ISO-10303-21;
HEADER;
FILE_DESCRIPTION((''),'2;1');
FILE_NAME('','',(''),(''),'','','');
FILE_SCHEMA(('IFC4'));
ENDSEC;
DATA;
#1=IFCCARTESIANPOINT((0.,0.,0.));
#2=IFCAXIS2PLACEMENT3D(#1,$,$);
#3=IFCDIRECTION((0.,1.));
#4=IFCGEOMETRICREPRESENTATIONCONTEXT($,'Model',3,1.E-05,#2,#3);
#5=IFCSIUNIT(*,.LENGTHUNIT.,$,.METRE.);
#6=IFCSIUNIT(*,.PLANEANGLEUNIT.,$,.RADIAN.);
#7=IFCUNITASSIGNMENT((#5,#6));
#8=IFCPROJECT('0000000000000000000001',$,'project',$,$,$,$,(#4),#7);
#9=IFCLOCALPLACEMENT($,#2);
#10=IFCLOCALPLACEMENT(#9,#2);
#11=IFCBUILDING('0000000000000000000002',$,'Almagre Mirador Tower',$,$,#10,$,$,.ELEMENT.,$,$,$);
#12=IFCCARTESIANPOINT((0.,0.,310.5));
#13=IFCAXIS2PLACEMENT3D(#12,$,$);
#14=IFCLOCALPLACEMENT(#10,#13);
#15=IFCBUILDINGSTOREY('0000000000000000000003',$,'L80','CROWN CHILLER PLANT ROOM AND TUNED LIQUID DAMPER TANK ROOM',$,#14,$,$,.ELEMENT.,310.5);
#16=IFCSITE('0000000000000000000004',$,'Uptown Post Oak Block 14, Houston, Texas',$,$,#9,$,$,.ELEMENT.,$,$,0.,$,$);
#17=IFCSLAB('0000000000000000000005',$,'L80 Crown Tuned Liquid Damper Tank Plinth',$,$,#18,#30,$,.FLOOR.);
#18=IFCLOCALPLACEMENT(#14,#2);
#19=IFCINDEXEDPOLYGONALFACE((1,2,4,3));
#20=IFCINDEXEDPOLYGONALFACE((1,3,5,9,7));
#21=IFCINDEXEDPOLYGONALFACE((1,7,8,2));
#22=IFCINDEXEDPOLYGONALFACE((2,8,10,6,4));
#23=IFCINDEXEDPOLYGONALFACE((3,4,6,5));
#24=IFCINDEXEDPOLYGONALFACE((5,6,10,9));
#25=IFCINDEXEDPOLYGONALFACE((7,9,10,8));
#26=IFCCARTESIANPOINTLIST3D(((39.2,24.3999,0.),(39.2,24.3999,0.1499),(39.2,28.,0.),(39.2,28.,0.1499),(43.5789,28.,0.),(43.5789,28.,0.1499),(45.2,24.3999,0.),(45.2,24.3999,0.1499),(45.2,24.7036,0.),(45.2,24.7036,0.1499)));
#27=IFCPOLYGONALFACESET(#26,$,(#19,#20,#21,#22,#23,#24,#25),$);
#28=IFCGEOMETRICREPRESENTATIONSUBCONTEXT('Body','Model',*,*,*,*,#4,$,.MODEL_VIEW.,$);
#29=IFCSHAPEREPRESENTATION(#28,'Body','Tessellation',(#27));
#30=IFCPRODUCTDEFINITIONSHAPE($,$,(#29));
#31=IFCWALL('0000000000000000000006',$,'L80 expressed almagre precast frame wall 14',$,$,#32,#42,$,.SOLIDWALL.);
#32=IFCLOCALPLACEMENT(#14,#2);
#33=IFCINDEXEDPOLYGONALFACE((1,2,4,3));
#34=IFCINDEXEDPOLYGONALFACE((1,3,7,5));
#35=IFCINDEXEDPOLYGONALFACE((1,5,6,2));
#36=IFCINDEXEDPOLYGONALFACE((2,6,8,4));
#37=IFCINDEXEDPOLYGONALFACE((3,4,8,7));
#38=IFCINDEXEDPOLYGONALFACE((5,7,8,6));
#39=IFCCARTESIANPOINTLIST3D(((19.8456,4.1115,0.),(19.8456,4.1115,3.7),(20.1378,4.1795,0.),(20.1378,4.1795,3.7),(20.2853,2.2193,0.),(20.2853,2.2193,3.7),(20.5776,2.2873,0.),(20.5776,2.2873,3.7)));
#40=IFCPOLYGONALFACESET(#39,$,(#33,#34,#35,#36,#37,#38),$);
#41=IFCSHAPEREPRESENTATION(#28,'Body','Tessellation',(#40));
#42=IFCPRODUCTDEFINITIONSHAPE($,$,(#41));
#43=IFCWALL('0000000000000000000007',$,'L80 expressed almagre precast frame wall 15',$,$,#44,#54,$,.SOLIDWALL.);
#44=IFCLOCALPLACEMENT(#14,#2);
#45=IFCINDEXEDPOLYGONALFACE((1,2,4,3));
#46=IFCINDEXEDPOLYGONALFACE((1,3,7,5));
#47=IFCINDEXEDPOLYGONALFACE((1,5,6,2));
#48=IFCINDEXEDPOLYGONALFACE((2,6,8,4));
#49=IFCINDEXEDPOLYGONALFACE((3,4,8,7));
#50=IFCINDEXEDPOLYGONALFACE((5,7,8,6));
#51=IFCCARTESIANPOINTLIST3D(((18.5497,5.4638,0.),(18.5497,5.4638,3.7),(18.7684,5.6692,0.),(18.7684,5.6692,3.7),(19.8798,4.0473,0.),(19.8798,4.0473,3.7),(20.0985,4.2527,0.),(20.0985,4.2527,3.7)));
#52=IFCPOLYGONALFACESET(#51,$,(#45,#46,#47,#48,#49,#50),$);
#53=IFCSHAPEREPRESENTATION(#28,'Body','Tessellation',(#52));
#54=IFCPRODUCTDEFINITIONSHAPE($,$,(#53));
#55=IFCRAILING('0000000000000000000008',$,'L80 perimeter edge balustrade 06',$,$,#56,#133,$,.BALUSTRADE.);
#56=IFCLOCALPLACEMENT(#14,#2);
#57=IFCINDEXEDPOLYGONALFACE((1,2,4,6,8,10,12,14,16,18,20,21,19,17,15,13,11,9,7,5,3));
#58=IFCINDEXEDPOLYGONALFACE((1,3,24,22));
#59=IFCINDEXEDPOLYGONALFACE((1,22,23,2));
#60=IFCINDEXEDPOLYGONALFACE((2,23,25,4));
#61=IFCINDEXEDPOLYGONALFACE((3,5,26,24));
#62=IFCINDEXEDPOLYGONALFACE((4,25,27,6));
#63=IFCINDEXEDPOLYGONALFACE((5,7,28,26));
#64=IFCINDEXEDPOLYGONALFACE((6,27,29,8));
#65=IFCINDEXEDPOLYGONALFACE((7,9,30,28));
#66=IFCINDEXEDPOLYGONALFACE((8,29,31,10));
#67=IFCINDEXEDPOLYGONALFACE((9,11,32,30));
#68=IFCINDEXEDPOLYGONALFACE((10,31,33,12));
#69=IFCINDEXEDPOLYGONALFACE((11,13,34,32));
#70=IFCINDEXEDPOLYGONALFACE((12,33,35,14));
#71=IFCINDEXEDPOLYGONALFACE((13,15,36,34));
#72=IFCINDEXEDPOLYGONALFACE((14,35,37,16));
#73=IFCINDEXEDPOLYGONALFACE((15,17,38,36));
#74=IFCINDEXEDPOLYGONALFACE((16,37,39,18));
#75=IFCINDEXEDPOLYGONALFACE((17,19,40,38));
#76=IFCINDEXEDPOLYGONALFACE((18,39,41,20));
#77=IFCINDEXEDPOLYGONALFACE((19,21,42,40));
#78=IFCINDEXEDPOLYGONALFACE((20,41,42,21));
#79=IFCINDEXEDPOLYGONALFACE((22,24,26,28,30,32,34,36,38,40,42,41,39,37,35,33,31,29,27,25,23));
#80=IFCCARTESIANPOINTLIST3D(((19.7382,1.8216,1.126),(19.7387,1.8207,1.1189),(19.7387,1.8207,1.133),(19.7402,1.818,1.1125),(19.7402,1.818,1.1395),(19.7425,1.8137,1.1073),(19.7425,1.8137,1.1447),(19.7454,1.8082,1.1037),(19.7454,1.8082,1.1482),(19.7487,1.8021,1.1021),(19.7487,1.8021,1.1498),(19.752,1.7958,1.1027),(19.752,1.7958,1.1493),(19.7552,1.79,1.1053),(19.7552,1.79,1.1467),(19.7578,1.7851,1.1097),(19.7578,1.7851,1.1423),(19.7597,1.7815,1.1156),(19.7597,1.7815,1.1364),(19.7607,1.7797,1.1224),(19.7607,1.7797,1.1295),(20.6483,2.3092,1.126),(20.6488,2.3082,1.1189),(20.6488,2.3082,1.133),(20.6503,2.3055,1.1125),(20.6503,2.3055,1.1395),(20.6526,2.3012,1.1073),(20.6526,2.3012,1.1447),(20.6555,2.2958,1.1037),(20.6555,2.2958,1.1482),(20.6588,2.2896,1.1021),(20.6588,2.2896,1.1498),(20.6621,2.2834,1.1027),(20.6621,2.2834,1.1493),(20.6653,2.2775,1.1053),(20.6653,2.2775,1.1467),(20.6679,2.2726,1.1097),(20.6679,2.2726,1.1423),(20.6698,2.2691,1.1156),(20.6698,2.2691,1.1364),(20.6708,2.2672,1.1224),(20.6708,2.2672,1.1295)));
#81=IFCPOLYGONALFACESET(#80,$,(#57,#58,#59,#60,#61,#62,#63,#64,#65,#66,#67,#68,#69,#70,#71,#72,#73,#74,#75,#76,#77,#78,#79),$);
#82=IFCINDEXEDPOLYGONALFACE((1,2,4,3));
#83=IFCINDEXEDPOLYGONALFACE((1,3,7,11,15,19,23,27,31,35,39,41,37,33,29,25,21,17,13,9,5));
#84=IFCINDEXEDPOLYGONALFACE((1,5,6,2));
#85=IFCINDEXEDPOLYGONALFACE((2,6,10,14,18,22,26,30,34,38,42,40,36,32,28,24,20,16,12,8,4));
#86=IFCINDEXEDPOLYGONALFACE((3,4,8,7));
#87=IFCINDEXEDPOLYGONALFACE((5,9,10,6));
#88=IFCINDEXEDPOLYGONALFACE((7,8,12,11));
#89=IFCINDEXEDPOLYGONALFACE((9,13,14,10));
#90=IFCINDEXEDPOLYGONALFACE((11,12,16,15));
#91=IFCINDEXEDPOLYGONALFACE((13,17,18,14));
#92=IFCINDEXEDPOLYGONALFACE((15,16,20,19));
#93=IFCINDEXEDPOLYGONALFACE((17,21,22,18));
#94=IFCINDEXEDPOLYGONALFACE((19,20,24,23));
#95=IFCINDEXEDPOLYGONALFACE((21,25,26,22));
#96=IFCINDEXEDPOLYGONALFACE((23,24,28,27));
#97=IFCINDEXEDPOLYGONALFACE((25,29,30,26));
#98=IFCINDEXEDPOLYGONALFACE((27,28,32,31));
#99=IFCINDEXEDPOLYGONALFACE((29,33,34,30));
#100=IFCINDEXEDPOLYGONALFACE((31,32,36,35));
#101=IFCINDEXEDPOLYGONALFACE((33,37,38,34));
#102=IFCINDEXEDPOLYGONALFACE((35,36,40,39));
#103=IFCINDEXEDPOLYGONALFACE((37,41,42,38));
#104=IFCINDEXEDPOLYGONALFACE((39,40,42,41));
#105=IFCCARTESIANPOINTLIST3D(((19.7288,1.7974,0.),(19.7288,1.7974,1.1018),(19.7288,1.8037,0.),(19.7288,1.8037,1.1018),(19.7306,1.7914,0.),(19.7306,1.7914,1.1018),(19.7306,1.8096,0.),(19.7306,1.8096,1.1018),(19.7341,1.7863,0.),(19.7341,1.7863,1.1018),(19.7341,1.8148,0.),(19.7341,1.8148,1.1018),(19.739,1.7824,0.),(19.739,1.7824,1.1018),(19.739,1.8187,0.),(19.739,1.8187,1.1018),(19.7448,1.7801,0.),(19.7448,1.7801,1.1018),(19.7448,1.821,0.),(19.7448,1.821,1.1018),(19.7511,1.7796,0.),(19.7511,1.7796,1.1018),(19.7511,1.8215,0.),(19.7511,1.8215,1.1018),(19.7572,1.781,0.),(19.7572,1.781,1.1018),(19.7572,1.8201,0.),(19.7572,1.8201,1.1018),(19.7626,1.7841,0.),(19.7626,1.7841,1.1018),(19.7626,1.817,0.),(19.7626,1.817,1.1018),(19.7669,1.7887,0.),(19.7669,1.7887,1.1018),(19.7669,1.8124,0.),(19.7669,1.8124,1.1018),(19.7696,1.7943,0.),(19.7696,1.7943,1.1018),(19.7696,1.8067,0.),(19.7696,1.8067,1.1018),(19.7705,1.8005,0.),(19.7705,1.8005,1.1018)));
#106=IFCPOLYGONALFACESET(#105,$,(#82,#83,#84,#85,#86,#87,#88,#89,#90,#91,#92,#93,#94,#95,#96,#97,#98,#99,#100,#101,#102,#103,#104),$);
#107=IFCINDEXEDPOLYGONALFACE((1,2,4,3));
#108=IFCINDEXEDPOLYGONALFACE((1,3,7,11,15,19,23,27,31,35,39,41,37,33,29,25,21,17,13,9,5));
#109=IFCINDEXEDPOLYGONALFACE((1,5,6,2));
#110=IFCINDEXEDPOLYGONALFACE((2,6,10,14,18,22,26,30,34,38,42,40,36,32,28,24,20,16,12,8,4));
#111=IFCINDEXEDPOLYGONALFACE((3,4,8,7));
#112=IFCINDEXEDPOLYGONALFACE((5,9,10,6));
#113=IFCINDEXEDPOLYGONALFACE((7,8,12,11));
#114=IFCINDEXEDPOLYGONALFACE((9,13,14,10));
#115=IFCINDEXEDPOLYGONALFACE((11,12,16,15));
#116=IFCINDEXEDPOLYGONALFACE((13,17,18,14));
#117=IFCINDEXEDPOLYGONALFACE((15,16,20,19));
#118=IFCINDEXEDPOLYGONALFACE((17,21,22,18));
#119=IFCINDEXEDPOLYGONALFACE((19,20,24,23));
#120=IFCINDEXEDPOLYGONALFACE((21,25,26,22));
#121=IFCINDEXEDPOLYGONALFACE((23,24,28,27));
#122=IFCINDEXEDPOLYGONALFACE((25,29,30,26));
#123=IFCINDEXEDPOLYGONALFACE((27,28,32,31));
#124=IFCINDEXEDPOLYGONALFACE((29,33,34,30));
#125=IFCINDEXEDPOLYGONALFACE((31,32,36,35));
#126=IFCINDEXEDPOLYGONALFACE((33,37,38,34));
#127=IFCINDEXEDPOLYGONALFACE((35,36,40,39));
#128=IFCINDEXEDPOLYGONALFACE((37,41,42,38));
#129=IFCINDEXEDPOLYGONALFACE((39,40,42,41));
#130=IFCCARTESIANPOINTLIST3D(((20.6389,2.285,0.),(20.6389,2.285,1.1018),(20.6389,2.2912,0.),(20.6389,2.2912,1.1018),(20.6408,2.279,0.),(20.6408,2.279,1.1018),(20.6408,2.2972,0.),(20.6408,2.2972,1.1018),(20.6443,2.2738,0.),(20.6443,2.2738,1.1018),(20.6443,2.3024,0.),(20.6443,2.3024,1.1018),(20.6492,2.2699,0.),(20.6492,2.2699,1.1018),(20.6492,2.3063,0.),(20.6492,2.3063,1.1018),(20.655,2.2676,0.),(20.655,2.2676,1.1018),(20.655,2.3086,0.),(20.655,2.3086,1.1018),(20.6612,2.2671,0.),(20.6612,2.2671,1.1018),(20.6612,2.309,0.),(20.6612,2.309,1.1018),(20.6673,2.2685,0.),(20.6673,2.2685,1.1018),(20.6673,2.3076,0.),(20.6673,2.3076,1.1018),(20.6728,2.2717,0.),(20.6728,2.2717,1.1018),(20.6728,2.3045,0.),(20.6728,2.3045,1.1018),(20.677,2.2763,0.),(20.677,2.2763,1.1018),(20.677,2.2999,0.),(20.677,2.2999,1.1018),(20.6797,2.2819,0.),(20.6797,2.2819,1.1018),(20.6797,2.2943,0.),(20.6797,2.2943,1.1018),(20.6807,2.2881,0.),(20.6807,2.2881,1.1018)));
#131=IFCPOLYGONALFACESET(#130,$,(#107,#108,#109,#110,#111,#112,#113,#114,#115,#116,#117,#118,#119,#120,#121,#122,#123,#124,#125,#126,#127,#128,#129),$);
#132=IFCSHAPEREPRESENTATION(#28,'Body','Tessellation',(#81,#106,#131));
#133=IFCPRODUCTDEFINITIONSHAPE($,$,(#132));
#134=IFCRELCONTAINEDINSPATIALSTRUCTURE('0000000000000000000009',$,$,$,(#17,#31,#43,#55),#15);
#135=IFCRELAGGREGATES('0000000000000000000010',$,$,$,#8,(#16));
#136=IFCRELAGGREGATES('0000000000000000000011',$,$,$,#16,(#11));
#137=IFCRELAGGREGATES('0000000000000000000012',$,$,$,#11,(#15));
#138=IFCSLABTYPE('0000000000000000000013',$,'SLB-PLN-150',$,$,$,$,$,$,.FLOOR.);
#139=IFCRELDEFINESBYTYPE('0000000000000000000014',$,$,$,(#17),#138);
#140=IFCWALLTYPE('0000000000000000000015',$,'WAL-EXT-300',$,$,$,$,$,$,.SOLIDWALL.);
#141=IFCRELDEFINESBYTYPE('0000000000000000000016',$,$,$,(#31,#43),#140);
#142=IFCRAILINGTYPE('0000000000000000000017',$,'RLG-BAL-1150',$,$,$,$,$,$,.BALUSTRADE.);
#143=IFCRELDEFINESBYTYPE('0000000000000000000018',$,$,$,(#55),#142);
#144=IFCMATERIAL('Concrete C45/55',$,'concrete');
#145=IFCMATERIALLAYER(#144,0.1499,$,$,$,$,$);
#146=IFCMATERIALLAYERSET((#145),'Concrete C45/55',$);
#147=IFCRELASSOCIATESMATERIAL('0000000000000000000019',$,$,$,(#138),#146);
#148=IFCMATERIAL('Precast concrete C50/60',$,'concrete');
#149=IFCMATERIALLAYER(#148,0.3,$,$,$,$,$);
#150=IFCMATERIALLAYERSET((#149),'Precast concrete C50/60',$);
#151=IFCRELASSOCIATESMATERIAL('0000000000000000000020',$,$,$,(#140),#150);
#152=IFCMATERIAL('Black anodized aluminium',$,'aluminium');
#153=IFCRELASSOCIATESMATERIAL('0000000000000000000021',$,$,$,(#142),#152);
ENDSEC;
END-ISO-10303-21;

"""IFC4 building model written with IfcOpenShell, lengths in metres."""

from ifc_helpers import new_model, si_unit, direction, frame, frame_2d, origin, origin_2d, place, context, subcontext, project, spatial, polyline, rectangle, circle, outline, extrude, material, layer, layer_set, type_object, element, save


model = new_model("IFC4")

# Units and contexts
model_context = context("Model", 3, precision=1e-05, world=origin(), true_north=direction((0.0, 1.0)))
body_context = subcontext(model_context, "Body", "Model", "MODEL_VIEW")
ifc_project = project(units=[si_unit("LENGTHUNIT", "METRE"), si_unit("PLANEANGLEUNIT", "RADIAN")], contexts=[model_context])

# Site, building, storey
site_placement = place(None, origin())
site = spatial("IfcSite", under=ifc_project, at=site_placement, Name="Uptown Post Oak Block 14, Houston, Texas", CompositionType="ELEMENT", RefElevation=0.0)
building_placement = place(site_placement, origin())
building = spatial("IfcBuilding", under=site, at=building_placement, Name="Almagre Mirador Tower", CompositionType="ELEMENT")
storey_placement = place(building_placement, frame((0.0, 0.0, 310.5)))
storey = spatial("IfcBuildingStorey", under=building, at=storey_placement, Name="L80", Description="CROWN CHILLER PLANT ROOM AND TUNED LIQUID DAMPER TANK ROOM", CompositionType="ELEMENT", Elevation=310.5)

# Slab
ifc_material_1 = material(Name="Concrete C45/55", Category="concrete")
ifc_layer_1 = layer(ifc_material_1, 0.1499)
ifc_layer_set_1 = layer_set([ifc_layer_1], Name="Concrete C45/55")
slab_type_1 = type_object("IfcSlabType", Name="SLB-PLN-150", PredefinedType="FLOOR", material=ifc_layer_set_1)
slab_1_placement = place(storey_placement, origin())
element("IfcSlab", 1, at=slab_1_placement, inside=storey, type_object=slab_type_1, Name="L80 Crown Tuned Liquid Damper Tank Plinth", PredefinedType="FLOOR", context=body_context, shape_type="SweptSolid", body=[
    extrude(outline(polyline([(45.2, 24.7036), (43.5789, 28.0), (39.2, 28.0), (39.2, 24.3999), (45.2, 24.3999), (45.2, 24.7036)])), origin(), (0.0, 0.0, 1.0), 0.1499),
])

# Walls
ifc_material_2 = material(Name="Precast concrete C50/60", Category="concrete")
ifc_layer_2 = layer(ifc_material_2, 0.3)
ifc_layer_set_2 = layer_set([ifc_layer_2], Name="Precast concrete C50/60")
wall_type = type_object("IfcWallType", Name="WAL-EXT-300", PredefinedType="SOLIDWALL", material=ifc_layer_set_2)
wall_1_placement = place(storey_placement, frame((20.4314, 2.2534, 0.0), z_axis=(0.0, 0.0, 1.0), x_axis=(-0.226355, 0.974045, 0.0)))
element("IfcWall", 2, at=wall_1_placement, inside=storey, type_object=wall_type, Name="L80 expressed almagre precast frame wall 14", PredefinedType="SOLIDWALL", context=body_context, shape_type="SweptSolid", body=[
    extrude(rectangle(XDim=1.9426, YDim=0.3, at=frame_2d((0.9712, 0.0))), origin(), (0.0, 0.0, 1.0), 3.7),
])
wall_2_placement = place(storey_placement, frame((19.9893, 4.1499, 0.0), z_axis=(0.0, 0.0, 1.0), x_axis=(-0.684518, 0.728996, 0.0)))
element("IfcWall", 3, at=wall_2_placement, inside=storey, type_object=wall_type, Name="L80 expressed almagre precast frame wall 15", PredefinedType="SOLIDWALL", context=body_context, shape_type="SweptSolid", body=[
    extrude(rectangle(XDim=1.9431, YDim=0.3, at=frame_2d((0.9717, 0.0))), origin(), (0.0, 0.0, 1.0), 3.7),
])

# Railing
ifc_material_3 = material(Name="Black anodized aluminium", Category="aluminium")
railing_type = type_object("IfcRailingType", Name="RLG-BAL-1150", PredefinedType="BALUSTRADE", material=ifc_material_3)
railing_1_placement = place(storey_placement, frame((19.7495, 1.8005, 0.0)))
element("IfcRailing", 4, at=railing_1_placement, inside=storey, type_object=railing_type, Name="L80 perimeter edge balustrade 06", PredefinedType="BALUSTRADE", context=body_context, shape_type="SweptSolid", body=[
    extrude(circle(Radius=0.0239, at=origin_2d()), frame((0.0, 0.0, 1.126), z_axis=(0.881494, 0.472195, 0.0), x_axis=(-0.472195, 0.881494, 0.0)), (0.0, 0.0, 1.0), 1.0325),
    extrude(circle(Radius=0.021, at=origin_2d()), origin(), (0.0, 0.0, 1.0), 1.1018),
    extrude(circle(Radius=0.021, at=origin_2d()), frame((0.9102, 0.4875, 0.0)), (0.0, 0.0, 1.0), 1.1018),
])

save(model, "model.ifc")
